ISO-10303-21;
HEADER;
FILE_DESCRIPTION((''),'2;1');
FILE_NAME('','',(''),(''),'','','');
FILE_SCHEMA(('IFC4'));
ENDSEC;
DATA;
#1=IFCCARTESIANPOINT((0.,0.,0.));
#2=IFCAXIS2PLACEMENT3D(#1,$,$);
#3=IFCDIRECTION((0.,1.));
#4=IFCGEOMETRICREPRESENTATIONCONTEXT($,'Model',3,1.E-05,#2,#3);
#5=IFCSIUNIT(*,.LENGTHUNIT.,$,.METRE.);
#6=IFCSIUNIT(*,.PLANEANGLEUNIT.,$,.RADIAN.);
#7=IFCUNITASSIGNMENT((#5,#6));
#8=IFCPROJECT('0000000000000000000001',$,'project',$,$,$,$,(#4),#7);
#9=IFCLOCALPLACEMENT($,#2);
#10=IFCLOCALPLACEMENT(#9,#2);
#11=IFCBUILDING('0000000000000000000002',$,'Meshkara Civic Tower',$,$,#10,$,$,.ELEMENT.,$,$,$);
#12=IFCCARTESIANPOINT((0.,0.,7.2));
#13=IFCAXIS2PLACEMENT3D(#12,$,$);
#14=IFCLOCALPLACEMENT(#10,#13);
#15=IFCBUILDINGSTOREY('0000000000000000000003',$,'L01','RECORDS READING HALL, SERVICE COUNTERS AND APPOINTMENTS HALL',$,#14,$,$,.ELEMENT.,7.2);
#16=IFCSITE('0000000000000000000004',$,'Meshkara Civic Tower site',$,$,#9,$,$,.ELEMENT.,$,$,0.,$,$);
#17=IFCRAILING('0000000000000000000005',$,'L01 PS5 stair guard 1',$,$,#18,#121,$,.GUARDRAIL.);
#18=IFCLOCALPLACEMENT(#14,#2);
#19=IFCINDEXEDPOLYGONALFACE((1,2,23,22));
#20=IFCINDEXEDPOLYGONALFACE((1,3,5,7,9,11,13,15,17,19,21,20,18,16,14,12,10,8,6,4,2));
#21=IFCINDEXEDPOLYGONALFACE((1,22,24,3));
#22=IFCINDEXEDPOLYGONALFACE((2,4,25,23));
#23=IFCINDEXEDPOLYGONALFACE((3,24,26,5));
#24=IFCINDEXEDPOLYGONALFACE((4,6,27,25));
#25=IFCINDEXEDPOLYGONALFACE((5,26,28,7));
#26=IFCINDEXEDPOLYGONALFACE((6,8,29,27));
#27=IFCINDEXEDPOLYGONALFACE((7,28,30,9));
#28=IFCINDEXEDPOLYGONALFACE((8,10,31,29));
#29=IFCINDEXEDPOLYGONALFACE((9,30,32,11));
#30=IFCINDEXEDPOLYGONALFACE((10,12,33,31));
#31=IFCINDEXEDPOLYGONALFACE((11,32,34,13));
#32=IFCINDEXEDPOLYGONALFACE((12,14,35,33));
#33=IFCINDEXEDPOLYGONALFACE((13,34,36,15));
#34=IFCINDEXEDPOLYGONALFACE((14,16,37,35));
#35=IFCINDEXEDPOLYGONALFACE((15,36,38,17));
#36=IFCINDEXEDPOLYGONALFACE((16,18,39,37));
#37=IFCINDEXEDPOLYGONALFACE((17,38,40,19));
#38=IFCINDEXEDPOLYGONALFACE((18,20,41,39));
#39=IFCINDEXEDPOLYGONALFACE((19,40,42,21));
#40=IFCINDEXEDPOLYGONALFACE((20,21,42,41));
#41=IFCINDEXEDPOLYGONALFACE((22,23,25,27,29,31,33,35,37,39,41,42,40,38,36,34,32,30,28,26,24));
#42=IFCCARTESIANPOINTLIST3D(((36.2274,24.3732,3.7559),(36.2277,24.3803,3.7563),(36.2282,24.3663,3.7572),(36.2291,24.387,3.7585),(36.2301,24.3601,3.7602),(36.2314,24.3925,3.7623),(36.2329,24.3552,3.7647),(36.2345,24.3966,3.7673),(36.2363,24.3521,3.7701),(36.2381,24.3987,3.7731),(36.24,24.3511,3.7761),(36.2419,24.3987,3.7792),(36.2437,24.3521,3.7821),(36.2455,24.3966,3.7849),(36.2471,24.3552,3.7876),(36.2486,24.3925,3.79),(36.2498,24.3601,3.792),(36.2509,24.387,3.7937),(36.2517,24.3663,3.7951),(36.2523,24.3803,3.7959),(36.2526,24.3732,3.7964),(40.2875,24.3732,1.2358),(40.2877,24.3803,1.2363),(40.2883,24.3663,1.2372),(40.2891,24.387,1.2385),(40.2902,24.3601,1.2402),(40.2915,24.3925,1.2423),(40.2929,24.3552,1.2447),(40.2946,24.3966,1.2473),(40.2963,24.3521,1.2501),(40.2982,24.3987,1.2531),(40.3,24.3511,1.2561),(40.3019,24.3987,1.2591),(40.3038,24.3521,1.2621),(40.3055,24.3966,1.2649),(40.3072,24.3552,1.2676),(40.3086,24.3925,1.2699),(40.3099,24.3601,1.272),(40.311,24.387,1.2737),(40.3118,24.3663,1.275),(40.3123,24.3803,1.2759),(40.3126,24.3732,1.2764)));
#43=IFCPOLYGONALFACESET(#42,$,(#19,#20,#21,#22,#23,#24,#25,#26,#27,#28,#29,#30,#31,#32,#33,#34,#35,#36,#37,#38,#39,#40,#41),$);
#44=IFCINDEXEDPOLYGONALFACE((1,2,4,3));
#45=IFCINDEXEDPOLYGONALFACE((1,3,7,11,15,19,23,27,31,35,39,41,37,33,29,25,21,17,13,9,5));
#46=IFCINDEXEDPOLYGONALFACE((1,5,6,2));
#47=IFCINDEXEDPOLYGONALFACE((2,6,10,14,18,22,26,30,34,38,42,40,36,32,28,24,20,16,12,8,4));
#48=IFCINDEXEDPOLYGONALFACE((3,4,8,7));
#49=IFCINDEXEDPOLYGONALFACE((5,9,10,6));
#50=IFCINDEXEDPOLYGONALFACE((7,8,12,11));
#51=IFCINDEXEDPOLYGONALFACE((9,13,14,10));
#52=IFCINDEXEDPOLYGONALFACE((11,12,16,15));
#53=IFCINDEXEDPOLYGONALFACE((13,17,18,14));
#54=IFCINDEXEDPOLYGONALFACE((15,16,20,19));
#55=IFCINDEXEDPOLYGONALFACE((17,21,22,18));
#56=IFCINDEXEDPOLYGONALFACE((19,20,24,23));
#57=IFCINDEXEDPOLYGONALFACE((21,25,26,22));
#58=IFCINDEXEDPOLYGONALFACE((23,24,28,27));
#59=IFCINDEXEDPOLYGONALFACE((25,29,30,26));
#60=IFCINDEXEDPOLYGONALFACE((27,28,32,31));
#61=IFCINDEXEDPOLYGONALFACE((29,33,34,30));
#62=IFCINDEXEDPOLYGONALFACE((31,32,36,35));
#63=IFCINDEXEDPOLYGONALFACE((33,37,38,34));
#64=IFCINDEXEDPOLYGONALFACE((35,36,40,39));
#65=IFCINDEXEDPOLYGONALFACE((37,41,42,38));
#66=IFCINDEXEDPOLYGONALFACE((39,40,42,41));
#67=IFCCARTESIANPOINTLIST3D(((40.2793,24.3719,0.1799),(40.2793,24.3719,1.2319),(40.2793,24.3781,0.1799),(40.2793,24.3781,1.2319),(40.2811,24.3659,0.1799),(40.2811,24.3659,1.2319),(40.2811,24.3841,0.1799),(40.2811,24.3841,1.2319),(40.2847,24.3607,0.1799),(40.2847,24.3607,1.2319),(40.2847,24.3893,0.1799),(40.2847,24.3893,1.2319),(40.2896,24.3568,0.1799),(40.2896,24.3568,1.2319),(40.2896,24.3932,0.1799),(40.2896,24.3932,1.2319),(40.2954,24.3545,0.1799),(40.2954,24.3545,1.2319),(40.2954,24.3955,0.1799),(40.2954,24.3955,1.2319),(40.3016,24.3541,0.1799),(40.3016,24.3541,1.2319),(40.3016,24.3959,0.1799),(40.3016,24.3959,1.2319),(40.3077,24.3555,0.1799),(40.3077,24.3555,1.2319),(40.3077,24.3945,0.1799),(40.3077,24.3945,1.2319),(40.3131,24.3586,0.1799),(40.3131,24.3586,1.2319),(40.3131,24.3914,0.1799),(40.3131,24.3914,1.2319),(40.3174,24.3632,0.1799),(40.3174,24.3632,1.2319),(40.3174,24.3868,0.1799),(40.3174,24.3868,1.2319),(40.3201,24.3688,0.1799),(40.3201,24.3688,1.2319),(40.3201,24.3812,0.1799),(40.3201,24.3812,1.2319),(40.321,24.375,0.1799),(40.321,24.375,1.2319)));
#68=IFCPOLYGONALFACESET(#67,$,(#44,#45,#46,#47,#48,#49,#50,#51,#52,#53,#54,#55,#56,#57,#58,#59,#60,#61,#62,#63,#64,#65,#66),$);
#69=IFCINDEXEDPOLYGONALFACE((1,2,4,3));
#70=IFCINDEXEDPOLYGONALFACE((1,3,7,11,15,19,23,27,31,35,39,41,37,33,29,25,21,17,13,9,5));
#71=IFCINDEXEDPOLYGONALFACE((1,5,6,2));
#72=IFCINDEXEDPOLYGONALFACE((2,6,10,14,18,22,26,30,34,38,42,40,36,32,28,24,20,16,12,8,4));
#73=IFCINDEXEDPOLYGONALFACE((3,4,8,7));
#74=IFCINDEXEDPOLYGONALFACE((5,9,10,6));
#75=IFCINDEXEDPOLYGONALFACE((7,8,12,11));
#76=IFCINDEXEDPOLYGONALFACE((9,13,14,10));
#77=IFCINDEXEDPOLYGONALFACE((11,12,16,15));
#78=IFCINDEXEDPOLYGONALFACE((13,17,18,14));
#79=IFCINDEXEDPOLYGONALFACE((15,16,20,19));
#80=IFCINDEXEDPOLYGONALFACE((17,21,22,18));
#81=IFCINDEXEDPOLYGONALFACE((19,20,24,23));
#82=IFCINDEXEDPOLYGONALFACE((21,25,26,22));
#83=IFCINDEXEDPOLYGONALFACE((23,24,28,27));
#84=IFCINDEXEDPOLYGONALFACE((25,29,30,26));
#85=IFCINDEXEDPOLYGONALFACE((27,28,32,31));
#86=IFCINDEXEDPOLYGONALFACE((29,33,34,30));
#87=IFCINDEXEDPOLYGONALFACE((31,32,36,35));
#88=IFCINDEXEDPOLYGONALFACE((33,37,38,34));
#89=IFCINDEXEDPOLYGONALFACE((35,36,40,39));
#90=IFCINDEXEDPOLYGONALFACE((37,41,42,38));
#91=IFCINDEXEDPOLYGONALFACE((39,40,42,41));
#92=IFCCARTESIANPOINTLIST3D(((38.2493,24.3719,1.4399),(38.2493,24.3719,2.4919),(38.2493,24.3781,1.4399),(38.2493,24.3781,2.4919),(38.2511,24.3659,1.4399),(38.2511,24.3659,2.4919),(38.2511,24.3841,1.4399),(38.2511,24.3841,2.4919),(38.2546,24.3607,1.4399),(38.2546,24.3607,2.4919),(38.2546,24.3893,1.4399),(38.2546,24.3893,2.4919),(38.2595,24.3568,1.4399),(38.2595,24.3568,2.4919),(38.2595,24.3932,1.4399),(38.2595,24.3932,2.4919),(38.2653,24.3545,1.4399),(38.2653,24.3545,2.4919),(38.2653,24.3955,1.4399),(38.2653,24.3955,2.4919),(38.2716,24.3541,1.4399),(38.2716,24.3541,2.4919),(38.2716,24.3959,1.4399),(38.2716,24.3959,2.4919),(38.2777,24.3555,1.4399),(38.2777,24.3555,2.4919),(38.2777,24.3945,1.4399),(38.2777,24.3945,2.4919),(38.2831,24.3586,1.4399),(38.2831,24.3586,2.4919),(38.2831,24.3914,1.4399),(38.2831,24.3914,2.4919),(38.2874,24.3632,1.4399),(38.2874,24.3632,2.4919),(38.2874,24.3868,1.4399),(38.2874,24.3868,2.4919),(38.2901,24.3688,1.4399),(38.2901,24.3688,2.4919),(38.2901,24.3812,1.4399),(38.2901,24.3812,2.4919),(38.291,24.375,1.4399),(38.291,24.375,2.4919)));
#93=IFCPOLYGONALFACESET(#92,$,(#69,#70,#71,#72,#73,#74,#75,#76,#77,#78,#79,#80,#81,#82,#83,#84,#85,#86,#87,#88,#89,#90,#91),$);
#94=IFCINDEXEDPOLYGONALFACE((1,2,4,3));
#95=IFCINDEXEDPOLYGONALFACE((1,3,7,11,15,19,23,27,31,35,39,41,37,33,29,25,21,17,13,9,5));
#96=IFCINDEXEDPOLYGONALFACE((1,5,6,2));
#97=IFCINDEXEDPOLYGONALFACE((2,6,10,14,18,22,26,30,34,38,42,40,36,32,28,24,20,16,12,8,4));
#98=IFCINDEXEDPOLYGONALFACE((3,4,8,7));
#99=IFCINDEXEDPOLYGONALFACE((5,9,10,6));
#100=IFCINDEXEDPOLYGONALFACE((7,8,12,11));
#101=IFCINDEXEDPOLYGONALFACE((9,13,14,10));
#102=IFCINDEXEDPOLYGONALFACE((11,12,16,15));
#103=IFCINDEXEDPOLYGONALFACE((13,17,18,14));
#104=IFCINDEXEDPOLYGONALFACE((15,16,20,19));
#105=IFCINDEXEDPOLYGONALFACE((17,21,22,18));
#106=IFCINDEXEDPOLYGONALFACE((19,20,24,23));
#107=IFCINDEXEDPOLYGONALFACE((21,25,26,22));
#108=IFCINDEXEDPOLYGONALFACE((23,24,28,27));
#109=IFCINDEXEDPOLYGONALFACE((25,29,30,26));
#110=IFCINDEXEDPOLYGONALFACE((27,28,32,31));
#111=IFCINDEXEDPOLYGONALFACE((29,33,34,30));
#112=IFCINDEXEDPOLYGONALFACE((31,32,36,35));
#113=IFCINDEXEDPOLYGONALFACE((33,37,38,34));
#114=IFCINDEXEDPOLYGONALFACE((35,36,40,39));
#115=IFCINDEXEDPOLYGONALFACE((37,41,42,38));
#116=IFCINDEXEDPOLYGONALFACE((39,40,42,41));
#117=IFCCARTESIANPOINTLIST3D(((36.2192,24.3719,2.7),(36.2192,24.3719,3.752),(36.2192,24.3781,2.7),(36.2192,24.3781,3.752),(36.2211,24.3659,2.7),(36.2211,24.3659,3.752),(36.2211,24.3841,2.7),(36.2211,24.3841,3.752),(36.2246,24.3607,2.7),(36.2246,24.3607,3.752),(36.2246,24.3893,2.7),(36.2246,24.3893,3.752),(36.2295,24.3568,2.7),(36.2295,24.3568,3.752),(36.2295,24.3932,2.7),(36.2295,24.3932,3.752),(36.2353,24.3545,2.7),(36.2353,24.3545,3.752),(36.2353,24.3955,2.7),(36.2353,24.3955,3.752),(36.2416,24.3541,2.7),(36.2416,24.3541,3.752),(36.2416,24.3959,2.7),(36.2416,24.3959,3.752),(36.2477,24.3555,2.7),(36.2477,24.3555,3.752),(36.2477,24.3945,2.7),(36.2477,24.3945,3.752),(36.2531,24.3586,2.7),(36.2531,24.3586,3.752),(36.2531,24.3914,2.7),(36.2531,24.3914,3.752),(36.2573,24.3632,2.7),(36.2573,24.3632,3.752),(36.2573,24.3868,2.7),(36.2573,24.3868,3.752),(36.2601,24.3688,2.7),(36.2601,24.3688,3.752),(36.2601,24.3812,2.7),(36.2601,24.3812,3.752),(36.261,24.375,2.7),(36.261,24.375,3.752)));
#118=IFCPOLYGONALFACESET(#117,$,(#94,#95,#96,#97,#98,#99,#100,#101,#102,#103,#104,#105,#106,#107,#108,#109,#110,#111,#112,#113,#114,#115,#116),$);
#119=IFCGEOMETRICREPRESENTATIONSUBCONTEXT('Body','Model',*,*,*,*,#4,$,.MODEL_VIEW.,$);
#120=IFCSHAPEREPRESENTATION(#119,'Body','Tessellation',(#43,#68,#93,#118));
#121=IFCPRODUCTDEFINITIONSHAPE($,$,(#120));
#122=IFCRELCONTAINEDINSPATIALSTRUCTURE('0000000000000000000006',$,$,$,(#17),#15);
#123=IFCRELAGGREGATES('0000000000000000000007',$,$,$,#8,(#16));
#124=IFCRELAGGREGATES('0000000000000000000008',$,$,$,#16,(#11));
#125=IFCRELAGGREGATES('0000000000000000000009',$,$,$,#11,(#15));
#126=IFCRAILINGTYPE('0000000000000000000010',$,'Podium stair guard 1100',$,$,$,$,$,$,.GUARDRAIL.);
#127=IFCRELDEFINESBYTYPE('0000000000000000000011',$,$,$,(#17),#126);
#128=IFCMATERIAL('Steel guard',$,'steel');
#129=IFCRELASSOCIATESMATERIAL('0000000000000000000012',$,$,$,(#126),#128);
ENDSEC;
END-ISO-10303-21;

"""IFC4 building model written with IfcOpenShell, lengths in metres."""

from ifc_helpers import new_model, si_unit, direction, frame, origin, origin_2d, place, context, subcontext, project, spatial, circle, extrude, material, type_object, element, save


model = new_model("IFC4")

# Units and contexts
model_context = context("Model", 3, precision=1e-05, world=origin(), true_north=direction((0.0, 1.0)))
body_context = subcontext(model_context, "Body", "Model", "MODEL_VIEW")
ifc_project = project(units=[si_unit("LENGTHUNIT", "METRE"), si_unit("PLANEANGLEUNIT", "RADIAN")], contexts=[model_context])

# Site, building, storey
site_placement = place(None, origin())
site = spatial("IfcSite", under=ifc_project, at=site_placement, Name="Meshkara Civic Tower site", CompositionType="ELEMENT", RefElevation=0.0)
building_placement = place(site_placement, origin())
building = spatial("IfcBuilding", under=site, at=building_placement, Name="Meshkara Civic Tower", CompositionType="ELEMENT")
storey_placement = place(building_placement, frame((0.0, 0.0, 7.2)))
storey = spatial("IfcBuildingStorey", under=building, at=storey_placement, Name="L01", Description="RECORDS READING HALL, SERVICE COUNTERS AND APPOINTMENTS HALL", CompositionType="ELEMENT", Elevation=7.2)

# Railing
ifc_material_1 = material(Name="Steel guard", Category="steel")
railing_type_1 = type_object("IfcRailingType", Name="Podium stair guard 1100", PredefinedType="GUARDRAIL", material=ifc_material_1)
railing_1_placement = place(storey_placement, frame((40.3, 24.375, 0.1799)))
element("IfcRailing", 1, at=railing_1_placement, inside=storey, type_object=railing_type_1, Name="L01 PS5 stair guard 1", PredefinedType="GUARDRAIL", context=body_context, shape_type="SweptSolid", body=[
    extrude(circle(Radius=0.0239, at=origin_2d()), frame((0.0, 0.0, 1.0762), z_axis=(-0.849642, 0.0, 0.52736), x_axis=(0.0, -1.0, 0.0)), (0.0, 0.0, 1.0), 4.7786),
    extrude(circle(Radius=0.021, at=origin_2d()), origin(), (0.0, 0.0, 1.0), 1.052),
    extrude(circle(Radius=0.021, at=origin_2d()), frame((-2.03, 0.0, 1.26)), (0.0, 0.0, 1.0), 1.052),
    extrude(circle(Radius=0.021, at=origin_2d()), frame((-4.0601, 0.0, 2.52)), (0.0, 0.0, 1.0), 1.052),
])

save(model, "model.ifc")
